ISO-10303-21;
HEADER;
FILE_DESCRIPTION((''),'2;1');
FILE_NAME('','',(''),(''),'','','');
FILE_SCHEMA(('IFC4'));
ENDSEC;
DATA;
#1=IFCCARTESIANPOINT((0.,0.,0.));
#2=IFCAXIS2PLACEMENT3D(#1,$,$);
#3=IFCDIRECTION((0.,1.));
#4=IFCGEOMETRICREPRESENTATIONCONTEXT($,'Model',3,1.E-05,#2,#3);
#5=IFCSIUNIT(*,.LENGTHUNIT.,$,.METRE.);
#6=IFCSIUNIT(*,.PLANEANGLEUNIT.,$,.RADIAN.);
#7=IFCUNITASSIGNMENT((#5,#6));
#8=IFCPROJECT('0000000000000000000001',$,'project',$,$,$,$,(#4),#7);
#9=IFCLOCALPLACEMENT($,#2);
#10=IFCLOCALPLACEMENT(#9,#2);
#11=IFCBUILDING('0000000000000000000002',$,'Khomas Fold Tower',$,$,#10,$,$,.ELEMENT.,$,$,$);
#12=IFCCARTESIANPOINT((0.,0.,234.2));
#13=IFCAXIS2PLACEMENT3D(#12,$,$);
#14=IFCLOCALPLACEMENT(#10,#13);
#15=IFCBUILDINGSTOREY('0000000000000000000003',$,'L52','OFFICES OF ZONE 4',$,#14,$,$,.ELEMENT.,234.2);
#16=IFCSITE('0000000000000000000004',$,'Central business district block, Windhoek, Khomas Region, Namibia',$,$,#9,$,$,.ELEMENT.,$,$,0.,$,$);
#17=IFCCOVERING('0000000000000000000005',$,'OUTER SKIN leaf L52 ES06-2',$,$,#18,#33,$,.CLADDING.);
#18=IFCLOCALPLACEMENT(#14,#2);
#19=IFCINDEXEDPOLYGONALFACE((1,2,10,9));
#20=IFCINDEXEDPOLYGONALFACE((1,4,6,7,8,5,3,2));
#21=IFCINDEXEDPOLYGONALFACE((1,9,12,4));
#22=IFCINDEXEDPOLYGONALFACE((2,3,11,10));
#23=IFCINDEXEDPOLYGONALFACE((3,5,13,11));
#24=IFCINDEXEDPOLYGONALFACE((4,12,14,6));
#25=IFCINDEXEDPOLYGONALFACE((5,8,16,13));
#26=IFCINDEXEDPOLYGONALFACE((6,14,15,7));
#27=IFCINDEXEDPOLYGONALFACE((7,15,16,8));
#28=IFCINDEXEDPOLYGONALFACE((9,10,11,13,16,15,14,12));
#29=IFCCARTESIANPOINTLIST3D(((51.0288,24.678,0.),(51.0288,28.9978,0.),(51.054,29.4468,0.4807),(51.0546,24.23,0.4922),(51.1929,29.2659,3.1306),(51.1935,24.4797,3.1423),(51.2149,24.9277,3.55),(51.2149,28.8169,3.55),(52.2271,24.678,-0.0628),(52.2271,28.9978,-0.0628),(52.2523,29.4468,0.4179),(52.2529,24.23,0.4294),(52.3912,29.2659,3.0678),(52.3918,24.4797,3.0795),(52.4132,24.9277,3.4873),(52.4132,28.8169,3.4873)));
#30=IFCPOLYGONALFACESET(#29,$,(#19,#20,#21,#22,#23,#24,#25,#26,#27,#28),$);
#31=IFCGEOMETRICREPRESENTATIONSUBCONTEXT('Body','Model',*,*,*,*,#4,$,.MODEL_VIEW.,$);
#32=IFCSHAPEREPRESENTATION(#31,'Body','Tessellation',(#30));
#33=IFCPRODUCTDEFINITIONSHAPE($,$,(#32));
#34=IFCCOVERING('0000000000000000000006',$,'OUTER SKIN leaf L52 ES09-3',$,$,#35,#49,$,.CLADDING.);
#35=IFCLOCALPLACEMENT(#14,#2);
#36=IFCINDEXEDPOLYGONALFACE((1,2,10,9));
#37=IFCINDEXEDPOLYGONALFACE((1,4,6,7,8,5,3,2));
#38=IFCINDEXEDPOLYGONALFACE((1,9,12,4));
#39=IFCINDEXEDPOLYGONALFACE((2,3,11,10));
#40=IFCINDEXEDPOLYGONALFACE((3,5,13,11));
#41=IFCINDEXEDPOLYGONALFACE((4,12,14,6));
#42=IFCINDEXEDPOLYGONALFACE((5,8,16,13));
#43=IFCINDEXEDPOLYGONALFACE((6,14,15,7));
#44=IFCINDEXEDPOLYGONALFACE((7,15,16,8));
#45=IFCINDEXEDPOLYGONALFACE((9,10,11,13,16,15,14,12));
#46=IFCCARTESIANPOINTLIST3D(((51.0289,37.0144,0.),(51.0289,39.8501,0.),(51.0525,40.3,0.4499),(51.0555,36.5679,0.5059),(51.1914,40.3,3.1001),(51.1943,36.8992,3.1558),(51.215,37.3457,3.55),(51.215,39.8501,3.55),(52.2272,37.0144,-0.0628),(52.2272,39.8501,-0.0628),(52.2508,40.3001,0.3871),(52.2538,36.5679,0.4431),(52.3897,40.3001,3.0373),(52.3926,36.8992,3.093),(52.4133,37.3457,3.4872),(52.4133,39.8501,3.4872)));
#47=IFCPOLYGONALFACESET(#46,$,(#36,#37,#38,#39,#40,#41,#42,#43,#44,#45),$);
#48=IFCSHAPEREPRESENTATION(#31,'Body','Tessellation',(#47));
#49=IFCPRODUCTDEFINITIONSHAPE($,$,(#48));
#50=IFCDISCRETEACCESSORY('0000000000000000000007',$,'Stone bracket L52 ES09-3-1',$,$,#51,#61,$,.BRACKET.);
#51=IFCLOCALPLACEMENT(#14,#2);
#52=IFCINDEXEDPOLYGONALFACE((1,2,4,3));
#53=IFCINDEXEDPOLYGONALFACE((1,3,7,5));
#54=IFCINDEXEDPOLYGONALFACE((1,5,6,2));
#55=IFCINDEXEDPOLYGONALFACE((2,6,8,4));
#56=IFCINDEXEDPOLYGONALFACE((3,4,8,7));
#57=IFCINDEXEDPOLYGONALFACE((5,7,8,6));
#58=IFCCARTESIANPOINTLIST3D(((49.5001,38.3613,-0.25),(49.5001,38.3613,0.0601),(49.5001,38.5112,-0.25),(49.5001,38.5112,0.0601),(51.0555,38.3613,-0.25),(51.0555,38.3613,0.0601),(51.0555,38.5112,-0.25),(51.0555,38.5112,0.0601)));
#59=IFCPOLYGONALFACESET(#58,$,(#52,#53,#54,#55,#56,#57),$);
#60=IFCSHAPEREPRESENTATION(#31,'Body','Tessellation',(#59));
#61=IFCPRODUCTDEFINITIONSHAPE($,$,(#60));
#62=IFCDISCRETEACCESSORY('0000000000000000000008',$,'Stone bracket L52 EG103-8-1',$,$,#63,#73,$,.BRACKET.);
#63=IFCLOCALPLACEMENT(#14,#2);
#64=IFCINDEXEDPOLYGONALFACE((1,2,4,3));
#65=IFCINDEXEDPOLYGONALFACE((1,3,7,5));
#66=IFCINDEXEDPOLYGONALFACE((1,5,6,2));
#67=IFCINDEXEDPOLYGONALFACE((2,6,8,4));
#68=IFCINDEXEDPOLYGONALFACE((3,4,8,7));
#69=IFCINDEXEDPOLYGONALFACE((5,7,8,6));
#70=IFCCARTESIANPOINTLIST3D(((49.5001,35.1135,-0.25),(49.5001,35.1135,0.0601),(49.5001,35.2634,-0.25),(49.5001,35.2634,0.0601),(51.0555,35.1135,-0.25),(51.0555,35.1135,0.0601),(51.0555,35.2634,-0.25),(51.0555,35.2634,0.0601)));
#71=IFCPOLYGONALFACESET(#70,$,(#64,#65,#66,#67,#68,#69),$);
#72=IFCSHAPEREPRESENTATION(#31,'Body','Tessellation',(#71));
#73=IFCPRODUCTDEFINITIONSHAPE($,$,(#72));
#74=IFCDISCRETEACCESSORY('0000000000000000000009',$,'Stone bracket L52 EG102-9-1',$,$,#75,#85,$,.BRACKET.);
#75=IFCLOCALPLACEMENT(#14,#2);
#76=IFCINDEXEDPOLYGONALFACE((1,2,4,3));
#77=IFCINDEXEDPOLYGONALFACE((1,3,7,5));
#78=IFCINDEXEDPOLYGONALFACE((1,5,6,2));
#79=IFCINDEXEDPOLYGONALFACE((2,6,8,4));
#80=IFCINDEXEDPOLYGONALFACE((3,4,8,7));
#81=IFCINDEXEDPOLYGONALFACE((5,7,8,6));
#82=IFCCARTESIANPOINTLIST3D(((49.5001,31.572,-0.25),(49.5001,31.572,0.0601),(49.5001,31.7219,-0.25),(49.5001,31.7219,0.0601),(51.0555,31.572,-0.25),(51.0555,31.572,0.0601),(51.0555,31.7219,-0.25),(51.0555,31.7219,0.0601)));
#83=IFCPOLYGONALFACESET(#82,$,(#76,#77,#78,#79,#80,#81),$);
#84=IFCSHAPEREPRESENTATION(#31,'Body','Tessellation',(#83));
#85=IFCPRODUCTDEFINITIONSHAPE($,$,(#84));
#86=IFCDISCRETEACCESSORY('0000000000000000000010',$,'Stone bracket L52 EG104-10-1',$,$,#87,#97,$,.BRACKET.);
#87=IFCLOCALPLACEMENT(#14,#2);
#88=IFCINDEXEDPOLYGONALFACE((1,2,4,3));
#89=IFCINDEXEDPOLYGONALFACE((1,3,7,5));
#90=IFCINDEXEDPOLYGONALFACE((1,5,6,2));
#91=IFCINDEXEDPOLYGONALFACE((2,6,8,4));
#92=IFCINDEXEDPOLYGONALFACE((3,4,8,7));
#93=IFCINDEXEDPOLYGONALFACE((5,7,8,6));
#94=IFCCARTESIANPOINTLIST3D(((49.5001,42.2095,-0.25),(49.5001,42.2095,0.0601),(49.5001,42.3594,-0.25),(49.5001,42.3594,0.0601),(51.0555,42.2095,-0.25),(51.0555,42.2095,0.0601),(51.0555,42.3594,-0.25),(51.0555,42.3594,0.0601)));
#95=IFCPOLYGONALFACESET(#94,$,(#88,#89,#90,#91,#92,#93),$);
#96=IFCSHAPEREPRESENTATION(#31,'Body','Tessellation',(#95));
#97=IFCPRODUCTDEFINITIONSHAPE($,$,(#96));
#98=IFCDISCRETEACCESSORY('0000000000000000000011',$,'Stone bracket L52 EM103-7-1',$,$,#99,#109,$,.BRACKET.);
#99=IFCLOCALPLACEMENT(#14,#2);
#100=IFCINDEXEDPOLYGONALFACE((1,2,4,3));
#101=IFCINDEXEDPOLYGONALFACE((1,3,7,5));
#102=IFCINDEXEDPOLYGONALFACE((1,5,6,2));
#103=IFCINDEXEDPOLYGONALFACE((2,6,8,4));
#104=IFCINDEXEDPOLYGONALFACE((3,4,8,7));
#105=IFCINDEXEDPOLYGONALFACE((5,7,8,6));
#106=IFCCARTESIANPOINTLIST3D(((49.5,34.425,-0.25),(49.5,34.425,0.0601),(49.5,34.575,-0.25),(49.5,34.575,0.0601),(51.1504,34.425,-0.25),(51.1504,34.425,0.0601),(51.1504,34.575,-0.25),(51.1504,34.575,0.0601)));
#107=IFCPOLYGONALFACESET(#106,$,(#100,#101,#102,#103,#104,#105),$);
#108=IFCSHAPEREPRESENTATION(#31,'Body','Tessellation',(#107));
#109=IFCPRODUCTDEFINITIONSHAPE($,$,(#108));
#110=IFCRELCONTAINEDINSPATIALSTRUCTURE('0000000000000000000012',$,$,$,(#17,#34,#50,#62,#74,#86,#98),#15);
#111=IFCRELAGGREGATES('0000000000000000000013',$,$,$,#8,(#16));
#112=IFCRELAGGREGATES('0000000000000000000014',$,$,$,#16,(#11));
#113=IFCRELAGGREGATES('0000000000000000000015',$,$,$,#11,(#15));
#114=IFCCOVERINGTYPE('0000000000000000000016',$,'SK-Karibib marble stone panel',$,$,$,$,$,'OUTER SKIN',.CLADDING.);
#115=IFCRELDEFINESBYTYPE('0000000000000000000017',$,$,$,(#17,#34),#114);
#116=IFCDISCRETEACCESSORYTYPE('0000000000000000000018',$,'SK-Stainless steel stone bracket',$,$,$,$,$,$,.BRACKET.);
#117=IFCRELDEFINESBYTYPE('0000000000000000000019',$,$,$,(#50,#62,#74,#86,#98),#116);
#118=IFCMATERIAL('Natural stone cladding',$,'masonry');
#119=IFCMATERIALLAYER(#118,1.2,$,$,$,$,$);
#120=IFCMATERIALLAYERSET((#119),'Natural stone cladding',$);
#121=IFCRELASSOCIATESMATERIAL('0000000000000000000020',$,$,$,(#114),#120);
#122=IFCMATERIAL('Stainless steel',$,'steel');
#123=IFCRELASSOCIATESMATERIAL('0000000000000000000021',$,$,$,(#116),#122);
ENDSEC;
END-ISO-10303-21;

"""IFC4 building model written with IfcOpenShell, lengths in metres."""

from ifc_helpers import new_model, si_unit, direction, frame, origin, origin_2d, place, context, subcontext, project, spatial, polyline, rectangle, outline, extrude, source, transform, mapped, material, layer, layer_set, type_object, element, save


model = new_model("IFC4")

# Units and contexts
model_context = context("Model", 3, precision=1e-05, world=origin(), true_north=direction((0.0, 1.0)))
body_context = subcontext(model_context, "Body", "Model", "MODEL_VIEW")
ifc_project = project(units=[si_unit("LENGTHUNIT", "METRE"), si_unit("PLANEANGLEUNIT", "RADIAN")], contexts=[model_context])

# Site, building, storey
site_placement = place(None, origin())
site = spatial("IfcSite", under=ifc_project, at=site_placement, Name="Central business district block, Windhoek, Khomas Region, Namibia", CompositionType="ELEMENT", RefElevation=0.0)
building_placement = place(site_placement, origin())
building = spatial("IfcBuilding", under=site, at=building_placement, Name="Khomas Fold Tower", CompositionType="ELEMENT")
storey_placement = place(building_placement, frame((0.0, 0.0, 234.2)))
storey = spatial("IfcBuildingStorey", under=building, at=storey_placement, Name="L52", Description="OFFICES OF ZONE 4", CompositionType="ELEMENT", Elevation=234.2)

# Coverings
ifc_material_1 = material(Name="Natural stone cladding", Category="masonry")
ifc_layer_1 = layer(ifc_material_1, 1.2)
ifc_layer_set_1 = layer_set([ifc_layer_1], Name="Natural stone cladding")
covering_type_1 = type_object("IfcCoveringType", Name="SK-Karibib marble stone panel", ElementType="OUTER SKIN", PredefinedType="CLADDING", material=ifc_layer_set_1)
covering_1_placement = place(storey_placement, frame((51.1929, 29.2659, 3.1306), z_axis=(-0.99863, 0.0, 0.052332), x_axis=(-0.052211, 0.068019, -0.996317)))
element("IfcCovering", 1, at=covering_1_placement, inside=storey, type_object=covering_type_1, Name="OUTER SKIN leaf L52 ES06-2", PredefinedType="CLADDING", context=body_context, shape_type="SweptSolid", body=[
    extrude(outline(polyline([(0.0, 0.0), (2.6597, 0.0), (3.1094, 0.4807), (2.8156, 4.7905), (2.2934, 5.2039), (-0.3373, 4.7742), (-0.7141, 4.2995), (-0.4496, 0.4194), (0.0, 0.0)])), origin(), (0.0, 0.0, -1.0), 1.2),
])
covering_2_placement = place(storey_placement, frame((51.1914, 40.3, 3.1001), z_axis=(-0.998629, -0.000001, 0.052337), x_axis=(-0.052337, 0.0, -0.998629)))
element("IfcCovering", 2, at=covering_2_placement, inside=storey, type_object=covering_type_1, Name="OUTER SKIN leaf L52 ES09-3", PredefinedType="CLADDING", context=body_context, shape_type="SweptSolid", body=[
    extrude(outline(polyline([(0.0, 0.0), (2.6538, 0.0), (3.1044, 0.45), (3.1044, 3.2856), (2.5978, 3.7322), (-0.0557, 3.4009), (-0.4506, 2.9543), (-0.4506, 0.45), (0.0, 0.0)])), origin(), (0.0, 0.0, -1.0), 1.2),
])

# Discrete accessories
ifc_material_2 = material(Name="Stainless steel", Category="steel")
discrete_accessory_type = type_object("IfcDiscreteAccessoryType", Name="SK-Stainless steel stone bracket", PredefinedType="BRACKET", material=ifc_material_2)
shared_shape_1 = source(origin(), body_context, "Body", "SweptSolid", [
    extrude(rectangle(XDim=1.5554, YDim=0.1499, at=origin_2d()), origin(), (0.0, 0.0, 1.0), 0.3101),
])
for number, where, z_axis, x_axis, name in (
    (3, (50.2778, 38.4363, -0.25), (0.0, 0.0, 1.0), (1.0, 0.0, 0.0), "Stone bracket L52 ES09-3-1"),
    (4, (50.2778, 35.1885, -0.25), (0.0, 0.0, 1.0), (1.0, 0.0, 0.0), "Stone bracket L52 EG103-8-1"),
    (5, (50.2778, 31.647, -0.25), (0.0, 0.0, 1.0), (1.0, 0.0, 0.0), "Stone bracket L52 EG102-9-1"),
    (6, (50.2778, 42.2844, -0.25), (0.0, 0.0, 1.0), (1.0, 0.0, 0.0), "Stone bracket L52 EG104-10-1"),
):
    element("IfcDiscreteAccessory", number, at=place(storey_placement, frame(where, z_axis=z_axis, x_axis=x_axis)), inside=storey, type_object=discrete_accessory_type, Name=name, PredefinedType="BRACKET", context=body_context, shape_type="MappedRepresentation", body=[
        mapped(shared_shape_1, transform((0.0, 0.0, 0.0))),
    ])
shared_shape_2 = source(origin(), body_context, "Body", "SweptSolid", [
    extrude(rectangle(XDim=1.6504, YDim=0.1499, at=origin_2d()), origin(), (0.0, 0.0, 1.0), 0.3101),
])
discrete_accessory_placement = place(storey_placement, frame((50.3252, 34.5, -0.25), z_axis=(0.0, 0.0, 1.0), x_axis=(1.0, 0.0, 0.0)))
element("IfcDiscreteAccessory", 7, at=discrete_accessory_placement, inside=storey, type_object=discrete_accessory_type, Name="Stone bracket L52 EM103-7-1", PredefinedType="BRACKET", context=body_context, shape_type="MappedRepresentation", body=[
    mapped(shared_shape_2, transform((0.0, 0.0, 0.0))),
])

save(model, "model.ifc")
